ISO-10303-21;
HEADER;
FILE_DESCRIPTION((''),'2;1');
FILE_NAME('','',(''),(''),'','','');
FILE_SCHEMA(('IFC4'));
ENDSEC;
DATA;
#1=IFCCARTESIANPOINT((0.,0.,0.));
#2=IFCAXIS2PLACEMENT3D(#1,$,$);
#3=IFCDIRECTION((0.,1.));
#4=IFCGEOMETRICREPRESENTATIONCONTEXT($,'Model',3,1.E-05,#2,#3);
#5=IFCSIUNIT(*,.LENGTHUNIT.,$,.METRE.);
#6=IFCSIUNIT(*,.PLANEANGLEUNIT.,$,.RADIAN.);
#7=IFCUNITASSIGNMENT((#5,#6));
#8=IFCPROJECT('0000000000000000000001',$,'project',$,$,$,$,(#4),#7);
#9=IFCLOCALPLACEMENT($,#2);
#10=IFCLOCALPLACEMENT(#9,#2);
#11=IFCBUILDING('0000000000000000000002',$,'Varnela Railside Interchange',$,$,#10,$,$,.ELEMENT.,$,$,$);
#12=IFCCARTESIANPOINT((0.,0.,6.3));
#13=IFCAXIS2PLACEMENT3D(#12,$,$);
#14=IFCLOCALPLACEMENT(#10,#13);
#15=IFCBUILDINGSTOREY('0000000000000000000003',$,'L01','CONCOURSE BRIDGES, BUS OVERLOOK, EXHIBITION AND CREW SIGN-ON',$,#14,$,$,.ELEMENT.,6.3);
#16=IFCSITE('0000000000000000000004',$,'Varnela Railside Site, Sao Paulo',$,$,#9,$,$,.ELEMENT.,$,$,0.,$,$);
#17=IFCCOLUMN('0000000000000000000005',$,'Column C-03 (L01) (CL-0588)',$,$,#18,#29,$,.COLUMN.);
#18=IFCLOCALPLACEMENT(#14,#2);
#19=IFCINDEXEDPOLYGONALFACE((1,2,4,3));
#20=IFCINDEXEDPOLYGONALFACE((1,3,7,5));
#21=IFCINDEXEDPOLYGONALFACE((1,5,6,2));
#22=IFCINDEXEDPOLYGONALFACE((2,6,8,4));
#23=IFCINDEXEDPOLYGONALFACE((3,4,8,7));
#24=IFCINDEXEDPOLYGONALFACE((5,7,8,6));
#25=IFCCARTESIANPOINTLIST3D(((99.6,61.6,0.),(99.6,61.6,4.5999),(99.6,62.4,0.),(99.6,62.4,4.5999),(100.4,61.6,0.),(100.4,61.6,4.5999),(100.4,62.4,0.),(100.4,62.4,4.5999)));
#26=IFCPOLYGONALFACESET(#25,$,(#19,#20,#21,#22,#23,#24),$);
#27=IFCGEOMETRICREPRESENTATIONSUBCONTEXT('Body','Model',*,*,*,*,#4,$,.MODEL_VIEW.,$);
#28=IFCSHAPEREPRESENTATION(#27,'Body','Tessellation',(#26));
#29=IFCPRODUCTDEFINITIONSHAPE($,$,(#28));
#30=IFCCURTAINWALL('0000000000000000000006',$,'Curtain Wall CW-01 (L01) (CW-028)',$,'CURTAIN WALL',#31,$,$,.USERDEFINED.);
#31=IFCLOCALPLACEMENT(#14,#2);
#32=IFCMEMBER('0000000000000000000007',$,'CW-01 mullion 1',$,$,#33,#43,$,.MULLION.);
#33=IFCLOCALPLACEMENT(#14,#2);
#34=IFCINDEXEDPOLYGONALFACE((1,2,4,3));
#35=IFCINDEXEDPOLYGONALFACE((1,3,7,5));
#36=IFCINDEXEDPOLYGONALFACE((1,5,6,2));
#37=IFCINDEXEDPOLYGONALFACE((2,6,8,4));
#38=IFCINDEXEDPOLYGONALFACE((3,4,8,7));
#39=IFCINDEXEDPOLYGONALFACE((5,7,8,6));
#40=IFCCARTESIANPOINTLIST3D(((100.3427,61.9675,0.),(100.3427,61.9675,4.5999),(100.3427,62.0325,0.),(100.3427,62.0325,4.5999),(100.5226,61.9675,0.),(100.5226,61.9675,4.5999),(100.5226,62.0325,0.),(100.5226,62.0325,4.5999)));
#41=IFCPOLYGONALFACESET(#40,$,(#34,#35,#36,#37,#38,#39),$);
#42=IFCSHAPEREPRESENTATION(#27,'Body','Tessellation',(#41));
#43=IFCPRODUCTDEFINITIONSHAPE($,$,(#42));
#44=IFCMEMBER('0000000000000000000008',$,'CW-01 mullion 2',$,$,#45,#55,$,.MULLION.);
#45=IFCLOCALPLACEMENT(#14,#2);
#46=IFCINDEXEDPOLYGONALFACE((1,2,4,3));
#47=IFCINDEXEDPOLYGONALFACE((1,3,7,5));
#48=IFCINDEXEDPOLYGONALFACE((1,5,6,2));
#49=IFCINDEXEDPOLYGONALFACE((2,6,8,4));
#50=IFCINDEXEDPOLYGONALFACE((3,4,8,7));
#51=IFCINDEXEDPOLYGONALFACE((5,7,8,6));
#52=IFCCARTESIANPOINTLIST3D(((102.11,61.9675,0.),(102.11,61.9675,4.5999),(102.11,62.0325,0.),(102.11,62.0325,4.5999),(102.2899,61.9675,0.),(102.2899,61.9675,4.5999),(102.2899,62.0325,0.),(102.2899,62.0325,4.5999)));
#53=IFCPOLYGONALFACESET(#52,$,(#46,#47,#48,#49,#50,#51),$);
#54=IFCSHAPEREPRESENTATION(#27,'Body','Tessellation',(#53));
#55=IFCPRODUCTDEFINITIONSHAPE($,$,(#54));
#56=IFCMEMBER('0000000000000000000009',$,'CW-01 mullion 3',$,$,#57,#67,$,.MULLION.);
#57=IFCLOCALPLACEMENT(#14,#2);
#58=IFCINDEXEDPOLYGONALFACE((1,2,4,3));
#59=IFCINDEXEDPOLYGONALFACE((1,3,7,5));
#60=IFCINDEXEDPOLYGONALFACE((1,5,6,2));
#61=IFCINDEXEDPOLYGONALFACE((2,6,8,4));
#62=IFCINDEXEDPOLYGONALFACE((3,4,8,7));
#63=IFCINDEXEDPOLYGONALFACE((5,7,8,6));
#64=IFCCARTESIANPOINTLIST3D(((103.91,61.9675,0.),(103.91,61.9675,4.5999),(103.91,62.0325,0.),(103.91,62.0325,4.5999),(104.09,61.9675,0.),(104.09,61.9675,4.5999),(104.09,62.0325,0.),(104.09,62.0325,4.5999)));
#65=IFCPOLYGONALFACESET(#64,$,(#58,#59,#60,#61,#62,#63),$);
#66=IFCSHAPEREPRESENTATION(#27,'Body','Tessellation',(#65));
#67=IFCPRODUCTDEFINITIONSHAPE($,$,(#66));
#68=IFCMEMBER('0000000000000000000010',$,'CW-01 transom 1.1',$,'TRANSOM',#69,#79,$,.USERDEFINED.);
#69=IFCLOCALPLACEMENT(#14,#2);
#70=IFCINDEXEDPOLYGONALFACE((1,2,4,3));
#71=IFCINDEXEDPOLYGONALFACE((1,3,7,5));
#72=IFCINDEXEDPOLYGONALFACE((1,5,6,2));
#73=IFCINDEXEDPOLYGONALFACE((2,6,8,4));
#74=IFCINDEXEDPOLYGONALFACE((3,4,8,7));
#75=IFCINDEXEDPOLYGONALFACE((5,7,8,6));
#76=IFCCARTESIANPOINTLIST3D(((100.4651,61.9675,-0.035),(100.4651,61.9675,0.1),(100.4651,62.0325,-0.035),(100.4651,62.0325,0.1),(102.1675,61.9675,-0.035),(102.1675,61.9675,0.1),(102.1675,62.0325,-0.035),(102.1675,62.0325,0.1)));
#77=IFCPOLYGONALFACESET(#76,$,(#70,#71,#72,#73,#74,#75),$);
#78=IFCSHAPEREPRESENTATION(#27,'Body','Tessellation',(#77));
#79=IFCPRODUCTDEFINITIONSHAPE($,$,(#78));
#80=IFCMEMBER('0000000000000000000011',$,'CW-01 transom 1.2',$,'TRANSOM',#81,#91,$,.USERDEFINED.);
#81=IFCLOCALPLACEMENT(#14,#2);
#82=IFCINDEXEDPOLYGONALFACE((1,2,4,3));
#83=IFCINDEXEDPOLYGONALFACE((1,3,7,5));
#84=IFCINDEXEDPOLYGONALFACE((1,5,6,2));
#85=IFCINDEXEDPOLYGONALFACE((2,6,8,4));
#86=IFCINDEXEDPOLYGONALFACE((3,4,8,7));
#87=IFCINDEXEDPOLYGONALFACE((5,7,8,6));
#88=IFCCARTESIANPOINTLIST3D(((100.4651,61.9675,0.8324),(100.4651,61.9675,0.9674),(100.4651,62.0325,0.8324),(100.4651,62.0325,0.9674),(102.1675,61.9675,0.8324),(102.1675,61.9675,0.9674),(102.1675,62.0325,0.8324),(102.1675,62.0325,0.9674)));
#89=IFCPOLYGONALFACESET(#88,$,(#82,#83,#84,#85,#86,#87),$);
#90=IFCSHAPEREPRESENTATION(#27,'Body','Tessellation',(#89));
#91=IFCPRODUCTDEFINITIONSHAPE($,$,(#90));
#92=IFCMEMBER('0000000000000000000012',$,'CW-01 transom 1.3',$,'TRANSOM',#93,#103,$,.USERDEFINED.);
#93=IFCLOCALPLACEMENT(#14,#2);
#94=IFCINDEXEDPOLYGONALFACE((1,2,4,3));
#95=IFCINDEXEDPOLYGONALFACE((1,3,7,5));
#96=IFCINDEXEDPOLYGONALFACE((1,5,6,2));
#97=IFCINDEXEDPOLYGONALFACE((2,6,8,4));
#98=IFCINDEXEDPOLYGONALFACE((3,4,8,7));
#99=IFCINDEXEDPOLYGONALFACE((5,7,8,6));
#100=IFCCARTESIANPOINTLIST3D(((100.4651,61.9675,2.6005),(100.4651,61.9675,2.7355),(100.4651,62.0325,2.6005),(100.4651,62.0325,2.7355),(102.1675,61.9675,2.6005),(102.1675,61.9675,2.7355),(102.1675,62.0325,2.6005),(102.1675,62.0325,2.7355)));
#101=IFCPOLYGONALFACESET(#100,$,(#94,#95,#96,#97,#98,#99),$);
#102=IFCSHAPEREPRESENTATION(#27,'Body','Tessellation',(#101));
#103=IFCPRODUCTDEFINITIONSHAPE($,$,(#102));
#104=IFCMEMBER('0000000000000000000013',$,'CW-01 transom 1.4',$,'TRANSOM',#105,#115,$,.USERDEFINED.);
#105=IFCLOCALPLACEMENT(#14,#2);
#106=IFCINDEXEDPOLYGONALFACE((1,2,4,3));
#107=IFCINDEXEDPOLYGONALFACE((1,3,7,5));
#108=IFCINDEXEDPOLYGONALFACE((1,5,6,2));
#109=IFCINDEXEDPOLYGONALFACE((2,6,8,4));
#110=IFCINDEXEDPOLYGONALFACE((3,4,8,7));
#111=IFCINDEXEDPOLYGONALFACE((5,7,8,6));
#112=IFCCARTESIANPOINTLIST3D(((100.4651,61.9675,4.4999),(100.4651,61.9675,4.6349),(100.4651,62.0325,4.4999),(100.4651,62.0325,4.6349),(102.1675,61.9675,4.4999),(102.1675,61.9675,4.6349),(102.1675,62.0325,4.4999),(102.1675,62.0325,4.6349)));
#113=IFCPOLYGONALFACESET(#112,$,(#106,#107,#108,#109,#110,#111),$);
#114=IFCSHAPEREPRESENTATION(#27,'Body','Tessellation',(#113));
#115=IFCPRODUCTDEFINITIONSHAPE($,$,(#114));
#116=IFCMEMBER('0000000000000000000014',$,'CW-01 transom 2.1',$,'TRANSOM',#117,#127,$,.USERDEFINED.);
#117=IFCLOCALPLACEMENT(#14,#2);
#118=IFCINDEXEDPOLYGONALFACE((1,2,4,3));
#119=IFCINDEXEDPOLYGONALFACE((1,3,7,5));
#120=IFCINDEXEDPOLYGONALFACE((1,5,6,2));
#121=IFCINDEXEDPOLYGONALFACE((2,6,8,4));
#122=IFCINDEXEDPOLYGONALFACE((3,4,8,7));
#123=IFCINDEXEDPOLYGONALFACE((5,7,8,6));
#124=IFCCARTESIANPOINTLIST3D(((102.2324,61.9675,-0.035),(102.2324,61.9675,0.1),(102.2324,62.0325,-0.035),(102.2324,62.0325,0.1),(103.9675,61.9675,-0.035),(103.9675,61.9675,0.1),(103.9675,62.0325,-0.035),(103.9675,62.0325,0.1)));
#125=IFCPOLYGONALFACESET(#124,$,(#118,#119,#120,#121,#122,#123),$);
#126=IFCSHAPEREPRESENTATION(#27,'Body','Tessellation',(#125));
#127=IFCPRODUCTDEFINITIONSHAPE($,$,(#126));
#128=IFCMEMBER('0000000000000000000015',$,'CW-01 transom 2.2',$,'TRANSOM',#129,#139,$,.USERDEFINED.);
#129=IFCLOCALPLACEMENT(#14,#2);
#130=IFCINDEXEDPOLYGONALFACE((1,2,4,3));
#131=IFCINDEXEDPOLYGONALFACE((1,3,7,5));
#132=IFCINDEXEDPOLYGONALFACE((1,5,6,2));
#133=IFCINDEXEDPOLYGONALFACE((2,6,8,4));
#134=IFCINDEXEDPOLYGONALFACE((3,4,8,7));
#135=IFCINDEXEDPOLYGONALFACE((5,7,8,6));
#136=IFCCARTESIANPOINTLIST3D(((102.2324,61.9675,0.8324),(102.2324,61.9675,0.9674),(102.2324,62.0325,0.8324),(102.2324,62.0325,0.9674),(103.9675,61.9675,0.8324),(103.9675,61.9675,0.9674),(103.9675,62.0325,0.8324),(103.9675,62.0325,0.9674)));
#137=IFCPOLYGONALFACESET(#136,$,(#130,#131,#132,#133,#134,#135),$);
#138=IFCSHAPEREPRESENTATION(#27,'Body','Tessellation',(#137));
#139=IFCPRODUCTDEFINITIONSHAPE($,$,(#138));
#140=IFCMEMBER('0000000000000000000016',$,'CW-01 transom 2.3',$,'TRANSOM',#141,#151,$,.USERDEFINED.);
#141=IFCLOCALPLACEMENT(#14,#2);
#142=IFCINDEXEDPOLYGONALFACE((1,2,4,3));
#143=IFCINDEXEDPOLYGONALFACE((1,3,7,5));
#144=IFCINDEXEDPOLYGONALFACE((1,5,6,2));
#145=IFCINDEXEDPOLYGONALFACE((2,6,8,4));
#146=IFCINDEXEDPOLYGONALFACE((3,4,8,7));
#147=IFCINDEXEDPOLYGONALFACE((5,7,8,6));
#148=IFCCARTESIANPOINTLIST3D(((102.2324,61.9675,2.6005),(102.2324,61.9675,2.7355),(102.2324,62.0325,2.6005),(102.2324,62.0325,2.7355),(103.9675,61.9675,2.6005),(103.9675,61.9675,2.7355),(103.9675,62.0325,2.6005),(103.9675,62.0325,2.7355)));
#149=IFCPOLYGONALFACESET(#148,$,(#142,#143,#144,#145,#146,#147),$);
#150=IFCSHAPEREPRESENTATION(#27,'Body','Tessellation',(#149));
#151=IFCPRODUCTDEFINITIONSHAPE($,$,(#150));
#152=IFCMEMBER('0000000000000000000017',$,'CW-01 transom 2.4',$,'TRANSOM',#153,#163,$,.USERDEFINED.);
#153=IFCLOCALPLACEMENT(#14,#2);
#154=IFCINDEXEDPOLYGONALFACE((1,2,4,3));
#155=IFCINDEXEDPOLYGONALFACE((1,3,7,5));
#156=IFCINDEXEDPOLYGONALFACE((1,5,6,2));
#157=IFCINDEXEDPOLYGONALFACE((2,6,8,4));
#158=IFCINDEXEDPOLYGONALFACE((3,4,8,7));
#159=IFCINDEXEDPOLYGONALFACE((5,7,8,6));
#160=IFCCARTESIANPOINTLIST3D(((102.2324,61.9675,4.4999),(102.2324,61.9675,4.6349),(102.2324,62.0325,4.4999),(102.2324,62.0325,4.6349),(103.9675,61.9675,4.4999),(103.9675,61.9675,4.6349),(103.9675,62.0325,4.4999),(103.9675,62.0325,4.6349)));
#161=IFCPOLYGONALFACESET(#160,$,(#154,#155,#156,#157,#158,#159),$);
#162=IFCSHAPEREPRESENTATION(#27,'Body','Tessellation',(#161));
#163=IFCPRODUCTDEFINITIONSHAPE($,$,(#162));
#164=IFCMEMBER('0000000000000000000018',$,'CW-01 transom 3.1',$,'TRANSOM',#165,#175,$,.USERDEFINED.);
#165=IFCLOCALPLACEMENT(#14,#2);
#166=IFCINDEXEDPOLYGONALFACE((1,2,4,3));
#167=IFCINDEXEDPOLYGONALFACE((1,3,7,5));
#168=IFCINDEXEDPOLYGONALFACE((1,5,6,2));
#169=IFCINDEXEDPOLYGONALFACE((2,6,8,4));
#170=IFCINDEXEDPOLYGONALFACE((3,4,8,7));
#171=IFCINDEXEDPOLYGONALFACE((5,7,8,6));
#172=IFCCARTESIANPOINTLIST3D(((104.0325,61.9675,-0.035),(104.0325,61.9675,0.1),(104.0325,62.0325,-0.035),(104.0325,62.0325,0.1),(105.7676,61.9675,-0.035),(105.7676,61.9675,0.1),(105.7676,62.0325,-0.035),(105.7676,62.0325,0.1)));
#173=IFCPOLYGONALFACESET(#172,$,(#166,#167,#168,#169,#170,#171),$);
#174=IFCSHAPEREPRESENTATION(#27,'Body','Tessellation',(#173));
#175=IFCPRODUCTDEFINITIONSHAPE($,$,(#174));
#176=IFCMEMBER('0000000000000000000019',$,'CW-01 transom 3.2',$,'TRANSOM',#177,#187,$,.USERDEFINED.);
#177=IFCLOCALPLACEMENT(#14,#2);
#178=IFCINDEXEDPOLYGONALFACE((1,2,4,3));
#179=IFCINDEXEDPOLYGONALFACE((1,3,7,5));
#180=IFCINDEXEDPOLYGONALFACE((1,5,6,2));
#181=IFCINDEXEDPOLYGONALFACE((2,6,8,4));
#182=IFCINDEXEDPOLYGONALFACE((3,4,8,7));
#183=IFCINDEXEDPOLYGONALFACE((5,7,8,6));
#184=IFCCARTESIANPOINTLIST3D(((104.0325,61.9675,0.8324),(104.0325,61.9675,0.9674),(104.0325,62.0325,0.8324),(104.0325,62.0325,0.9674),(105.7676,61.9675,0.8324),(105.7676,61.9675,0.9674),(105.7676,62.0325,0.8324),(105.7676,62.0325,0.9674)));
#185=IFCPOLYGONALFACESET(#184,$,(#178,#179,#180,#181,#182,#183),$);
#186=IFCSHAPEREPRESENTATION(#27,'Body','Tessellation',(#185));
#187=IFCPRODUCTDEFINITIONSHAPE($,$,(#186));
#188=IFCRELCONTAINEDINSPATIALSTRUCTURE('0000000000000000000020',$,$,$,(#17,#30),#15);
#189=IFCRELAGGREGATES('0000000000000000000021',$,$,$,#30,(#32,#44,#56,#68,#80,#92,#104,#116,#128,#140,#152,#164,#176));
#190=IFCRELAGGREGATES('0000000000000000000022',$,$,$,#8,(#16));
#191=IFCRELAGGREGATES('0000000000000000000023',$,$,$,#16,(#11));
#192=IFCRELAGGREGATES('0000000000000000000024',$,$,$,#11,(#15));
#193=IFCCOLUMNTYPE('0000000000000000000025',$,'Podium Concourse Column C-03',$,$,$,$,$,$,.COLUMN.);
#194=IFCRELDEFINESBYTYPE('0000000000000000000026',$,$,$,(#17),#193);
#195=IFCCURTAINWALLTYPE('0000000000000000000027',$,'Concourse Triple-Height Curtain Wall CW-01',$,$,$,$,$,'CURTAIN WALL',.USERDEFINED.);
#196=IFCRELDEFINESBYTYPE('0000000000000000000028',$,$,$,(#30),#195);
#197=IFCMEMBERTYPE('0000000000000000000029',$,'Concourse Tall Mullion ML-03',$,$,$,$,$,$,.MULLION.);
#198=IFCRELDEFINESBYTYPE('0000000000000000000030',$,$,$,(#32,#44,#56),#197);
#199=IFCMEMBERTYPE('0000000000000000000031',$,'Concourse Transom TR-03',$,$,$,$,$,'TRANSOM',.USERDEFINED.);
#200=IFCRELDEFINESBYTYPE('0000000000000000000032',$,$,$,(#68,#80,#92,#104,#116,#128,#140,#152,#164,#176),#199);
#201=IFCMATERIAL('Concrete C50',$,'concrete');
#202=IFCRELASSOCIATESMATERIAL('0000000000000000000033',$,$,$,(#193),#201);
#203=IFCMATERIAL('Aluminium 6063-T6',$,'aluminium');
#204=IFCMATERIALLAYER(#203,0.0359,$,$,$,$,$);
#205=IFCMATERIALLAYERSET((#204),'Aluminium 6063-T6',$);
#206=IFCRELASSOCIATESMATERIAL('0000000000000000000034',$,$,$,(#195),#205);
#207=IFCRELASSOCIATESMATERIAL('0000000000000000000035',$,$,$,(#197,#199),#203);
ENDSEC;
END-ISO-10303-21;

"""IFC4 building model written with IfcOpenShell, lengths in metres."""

from ifc_helpers import new_model, si_unit, direction, frame, origin, origin_2d, place, context, subcontext, project, spatial, rectangle, extrude, material, layer, layer_set, material_profile, profile_set, type_object, element, aggregate, save


model = new_model("IFC4")

# Units and contexts
model_context = context("Model", 3, precision=1e-05, world=origin(), true_north=direction((0.0, 1.0)))
body_context = subcontext(model_context, "Body", "Model", "MODEL_VIEW")
ifc_project = project(units=[si_unit("LENGTHUNIT", "METRE"), si_unit("PLANEANGLEUNIT", "RADIAN")], contexts=[model_context])

# Site, building, storey
site_placement = place(None, origin())
site = spatial("IfcSite", under=ifc_project, at=site_placement, Name="Varnela Railside Site, Sao Paulo", CompositionType="ELEMENT", RefElevation=0.0)
building_placement = place(site_placement, origin())
building = spatial("IfcBuilding", under=site, at=building_placement, Name="Varnela Railside Interchange", CompositionType="ELEMENT")
storey_placement = place(building_placement, frame((0.0, 0.0, 6.3)))
storey = spatial("IfcBuildingStorey", under=building, at=storey_placement, Name="L01", Description="CONCOURSE BRIDGES, BUS OVERLOOK, EXHIBITION AND CREW SIGN-ON", CompositionType="ELEMENT", Elevation=6.3)

# Column
ifc_material_1 = material(Name="Concrete C50", Category="concrete")
ifc_material_profile_1 = material_profile(ifc_material_1, rectangle(XDim=0.8, YDim=0.8, at=origin_2d()), Name="RC 800x800")
ifc_profile_set_1 = profile_set([ifc_material_profile_1], Name="Concrete C50")
column_type = type_object("IfcColumnType", Name="Podium Concourse Column C-03", PredefinedType="COLUMN", material=ifc_profile_set_1)
column_placement = place(storey_placement, frame((100.0, 62.0, 0.0), z_axis=(0.0, 0.0, 1.0), x_axis=(1.0, 0.0, 0.0)))
element("IfcColumn", 1, at=column_placement, inside=storey, type_object=column_type, Name="Column C-03 (L01) (CL-0588)", PredefinedType="COLUMN", context=body_context, shape_type="SweptSolid", body=[
    extrude(rectangle(XDim=0.8, YDim=0.8, at=origin_2d()), origin(), (0.0, 0.0, 1.0), 4.5999),
])

# Curtain wall, members
ifc_material_2 = material(Name="Aluminium 6063-T6", Category="aluminium")
ifc_layer_1 = layer(ifc_material_2, 0.0359)
ifc_layer_set_1 = layer_set([ifc_layer_1], Name="Aluminium 6063-T6")
curtain_wall_type = type_object("IfcCurtainWallType", Name="Concourse Triple-Height Curtain Wall CW-01", ElementType="CURTAIN WALL", PredefinedType="USERDEFINED", material=ifc_layer_set_1)
curtain_wall_placement = place(storey_placement, origin())
curtain_wall = element("IfcCurtainWall", 2, at=curtain_wall_placement, inside=storey, type_object=curtain_wall_type, Name="Curtain Wall CW-01 (L01) (CW-028)", ObjectType="CURTAIN WALL", PredefinedType="USERDEFINED")
ifc_material_profile_2 = material_profile(ifc_material_2, rectangle(XDim=0.0649, YDim=0.1799, at=origin_2d()), Name="ALU 65x180")
ifc_profile_set_2 = profile_set([ifc_material_profile_2], Name="Aluminium 6063-T6")
member_type_1 = type_object("IfcMemberType", Name="Concourse Tall Mullion ML-03", PredefinedType="MULLION", material=ifc_profile_set_2)
member_1_placement = place(storey_placement, frame((100.4326, 62.0, 0.0), z_axis=(0.0, 0.0, 1.0), x_axis=(0.0, 1.0, 0.0)))
member_1 = element("IfcMember", 3, at=member_1_placement, type_object=member_type_1, Name="CW-01 mullion 1", PredefinedType="MULLION", context=body_context, shape_type="SweptSolid", body=[
    extrude(rectangle(XDim=0.0649, YDim=0.1799, at=origin_2d()), origin(), (0.0, 0.0, 1.0), 4.5999),
])
member_2_placement = place(storey_placement, frame((102.2, 62.0, 0.0), z_axis=(0.0, 0.0, 1.0), x_axis=(0.0, 1.0, 0.0)))
member_2 = element("IfcMember", 4, at=member_2_placement, type_object=member_type_1, Name="CW-01 mullion 2", PredefinedType="MULLION", context=body_context, shape_type="SweptSolid", body=[
    extrude(rectangle(XDim=0.0649, YDim=0.1799, at=origin_2d()), origin(), (0.0, 0.0, 1.0), 4.5999),
])
member_3_placement = place(storey_placement, frame((104.0, 62.0, 0.0), z_axis=(0.0, 0.0, 1.0), x_axis=(0.0, 1.0, 0.0)))
member_3 = element("IfcMember", 5, at=member_3_placement, type_object=member_type_1, Name="CW-01 mullion 3", PredefinedType="MULLION", context=body_context, shape_type="SweptSolid", body=[
    extrude(rectangle(XDim=0.0649, YDim=0.1799, at=origin_2d()), origin(), (0.0, 0.0, 1.0), 4.5999),
])
ifc_material_profile_3 = material_profile(ifc_material_2, rectangle(XDim=0.0649, YDim=0.135, at=origin_2d()), Name="ALU 65x135")
ifc_profile_set_3 = profile_set([ifc_material_profile_3], Name="Aluminium 6063-T6")
member_type_2 = type_object("IfcMemberType", Name="Concourse Transom TR-03", ElementType="TRANSOM", PredefinedType="USERDEFINED", material=ifc_profile_set_3)
member_4_placement = place(storey_placement, frame((100.4651, 62.0, 0.0325), z_axis=(1.0, 0.0, 0.0), x_axis=(0.0, 1.0, 0.0)))
member_4 = element("IfcMember", 6, at=member_4_placement, type_object=member_type_2, Name="CW-01 transom 1.1", ObjectType="TRANSOM", PredefinedType="USERDEFINED", context=body_context, shape_type="SweptSolid", body=[
    extrude(rectangle(XDim=0.0649, YDim=0.135, at=origin_2d()), origin(), (0.0, 0.0, 1.0), 1.7024),
])
member_5_placement = place(storey_placement, frame((100.4651, 62.0, 0.8999), z_axis=(1.0, 0.0, 0.0), x_axis=(0.0, 1.0, 0.0)))
member_5 = element("IfcMember", 7, at=member_5_placement, type_object=member_type_2, Name="CW-01 transom 1.2", ObjectType="TRANSOM", PredefinedType="USERDEFINED", context=body_context, shape_type="SweptSolid", body=[
    extrude(rectangle(XDim=0.0649, YDim=0.135, at=origin_2d()), origin(), (0.0, 0.0, 1.0), 1.7024),
])
member_6_placement = place(storey_placement, frame((100.4651, 62.0, 2.668), z_axis=(1.0, 0.0, 0.0), x_axis=(0.0, 1.0, 0.0)))
member_6 = element("IfcMember", 8, at=member_6_placement, type_object=member_type_2, Name="CW-01 transom 1.3", ObjectType="TRANSOM", PredefinedType="USERDEFINED", context=body_context, shape_type="SweptSolid", body=[
    extrude(rectangle(XDim=0.0649, YDim=0.135, at=origin_2d()), origin(), (0.0, 0.0, 1.0), 1.7024),
])
member_7_placement = place(storey_placement, frame((100.4651, 62.0, 4.5674), z_axis=(1.0, 0.0, 0.0), x_axis=(0.0, 1.0, 0.0)))
member_7 = element("IfcMember", 9, at=member_7_placement, type_object=member_type_2, Name="CW-01 transom 1.4", ObjectType="TRANSOM", PredefinedType="USERDEFINED", context=body_context, shape_type="SweptSolid", body=[
    extrude(rectangle(XDim=0.0649, YDim=0.135, at=origin_2d()), origin(), (0.0, 0.0, 1.0), 1.7024),
])
member_8_placement = place(storey_placement, frame((102.2324, 62.0, 0.0325), z_axis=(1.0, 0.0, 0.0), x_axis=(0.0, 1.0, 0.0)))
member_8 = element("IfcMember", 10, at=member_8_placement, type_object=member_type_2, Name="CW-01 transom 2.1", ObjectType="TRANSOM", PredefinedType="USERDEFINED", context=body_context, shape_type="SweptSolid", body=[
    extrude(rectangle(XDim=0.0649, YDim=0.135, at=origin_2d()), origin(), (0.0, 0.0, 1.0), 1.7351),
])
member_9_placement = place(storey_placement, frame((102.2324, 62.0, 0.8999), z_axis=(1.0, 0.0, 0.0), x_axis=(0.0, 1.0, 0.0)))
member_9 = element("IfcMember", 11, at=member_9_placement, type_object=member_type_2, Name="CW-01 transom 2.2", ObjectType="TRANSOM", PredefinedType="USERDEFINED", context=body_context, shape_type="SweptSolid", body=[
    extrude(rectangle(XDim=0.0649, YDim=0.135, at=origin_2d()), origin(), (0.0, 0.0, 1.0), 1.7351),
])
member_10_placement = place(storey_placement, frame((102.2324, 62.0, 2.668), z_axis=(1.0, 0.0, 0.0), x_axis=(0.0, 1.0, 0.0)))
member_10 = element("IfcMember", 12, at=member_10_placement, type_object=member_type_2, Name="CW-01 transom 2.3", ObjectType="TRANSOM", PredefinedType="USERDEFINED", context=body_context, shape_type="SweptSolid", body=[
    extrude(rectangle(XDim=0.0649, YDim=0.135, at=origin_2d()), origin(), (0.0, 0.0, 1.0), 1.7351),
])
member_11_placement = place(storey_placement, frame((102.2324, 62.0, 4.5674), z_axis=(1.0, 0.0, 0.0), x_axis=(0.0, 1.0, 0.0)))
member_11 = element("IfcMember", 13, at=member_11_placement, type_object=member_type_2, Name="CW-01 transom 2.4", ObjectType="TRANSOM", PredefinedType="USERDEFINED", context=body_context, shape_type="SweptSolid", body=[
    extrude(rectangle(XDim=0.0649, YDim=0.135, at=origin_2d()), origin(), (0.0, 0.0, 1.0), 1.7351),
])
member_12_placement = place(storey_placement, frame((104.0325, 62.0, 0.0325), z_axis=(1.0, 0.0, 0.0), x_axis=(0.0, 1.0, 0.0)))
member_12 = element("IfcMember", 14, at=member_12_placement, type_object=member_type_2, Name="CW-01 transom 3.1", ObjectType="TRANSOM", PredefinedType="USERDEFINED", context=body_context, shape_type="SweptSolid", body=[
    extrude(rectangle(XDim=0.0649, YDim=0.135, at=origin_2d()), origin(), (0.0, 0.0, 1.0), 1.7351),
])
member_13_placement = place(storey_placement, frame((104.0325, 62.0, 0.8999), z_axis=(1.0, 0.0, 0.0), x_axis=(0.0, 1.0, 0.0)))
member_13 = element("IfcMember", 15, at=member_13_placement, type_object=member_type_2, Name="CW-01 transom 3.2", ObjectType="TRANSOM", PredefinedType="USERDEFINED", context=body_context, shape_type="SweptSolid", body=[
    extrude(rectangle(XDim=0.0649, YDim=0.135, at=origin_2d()), origin(), (0.0, 0.0, 1.0), 1.7351),
])

aggregate(curtain_wall, [member_1, member_2, member_3, member_4, member_5, member_6, member_7, member_8, member_9, member_10, member_11, member_12, member_13])

save(model, "model.ifc")
